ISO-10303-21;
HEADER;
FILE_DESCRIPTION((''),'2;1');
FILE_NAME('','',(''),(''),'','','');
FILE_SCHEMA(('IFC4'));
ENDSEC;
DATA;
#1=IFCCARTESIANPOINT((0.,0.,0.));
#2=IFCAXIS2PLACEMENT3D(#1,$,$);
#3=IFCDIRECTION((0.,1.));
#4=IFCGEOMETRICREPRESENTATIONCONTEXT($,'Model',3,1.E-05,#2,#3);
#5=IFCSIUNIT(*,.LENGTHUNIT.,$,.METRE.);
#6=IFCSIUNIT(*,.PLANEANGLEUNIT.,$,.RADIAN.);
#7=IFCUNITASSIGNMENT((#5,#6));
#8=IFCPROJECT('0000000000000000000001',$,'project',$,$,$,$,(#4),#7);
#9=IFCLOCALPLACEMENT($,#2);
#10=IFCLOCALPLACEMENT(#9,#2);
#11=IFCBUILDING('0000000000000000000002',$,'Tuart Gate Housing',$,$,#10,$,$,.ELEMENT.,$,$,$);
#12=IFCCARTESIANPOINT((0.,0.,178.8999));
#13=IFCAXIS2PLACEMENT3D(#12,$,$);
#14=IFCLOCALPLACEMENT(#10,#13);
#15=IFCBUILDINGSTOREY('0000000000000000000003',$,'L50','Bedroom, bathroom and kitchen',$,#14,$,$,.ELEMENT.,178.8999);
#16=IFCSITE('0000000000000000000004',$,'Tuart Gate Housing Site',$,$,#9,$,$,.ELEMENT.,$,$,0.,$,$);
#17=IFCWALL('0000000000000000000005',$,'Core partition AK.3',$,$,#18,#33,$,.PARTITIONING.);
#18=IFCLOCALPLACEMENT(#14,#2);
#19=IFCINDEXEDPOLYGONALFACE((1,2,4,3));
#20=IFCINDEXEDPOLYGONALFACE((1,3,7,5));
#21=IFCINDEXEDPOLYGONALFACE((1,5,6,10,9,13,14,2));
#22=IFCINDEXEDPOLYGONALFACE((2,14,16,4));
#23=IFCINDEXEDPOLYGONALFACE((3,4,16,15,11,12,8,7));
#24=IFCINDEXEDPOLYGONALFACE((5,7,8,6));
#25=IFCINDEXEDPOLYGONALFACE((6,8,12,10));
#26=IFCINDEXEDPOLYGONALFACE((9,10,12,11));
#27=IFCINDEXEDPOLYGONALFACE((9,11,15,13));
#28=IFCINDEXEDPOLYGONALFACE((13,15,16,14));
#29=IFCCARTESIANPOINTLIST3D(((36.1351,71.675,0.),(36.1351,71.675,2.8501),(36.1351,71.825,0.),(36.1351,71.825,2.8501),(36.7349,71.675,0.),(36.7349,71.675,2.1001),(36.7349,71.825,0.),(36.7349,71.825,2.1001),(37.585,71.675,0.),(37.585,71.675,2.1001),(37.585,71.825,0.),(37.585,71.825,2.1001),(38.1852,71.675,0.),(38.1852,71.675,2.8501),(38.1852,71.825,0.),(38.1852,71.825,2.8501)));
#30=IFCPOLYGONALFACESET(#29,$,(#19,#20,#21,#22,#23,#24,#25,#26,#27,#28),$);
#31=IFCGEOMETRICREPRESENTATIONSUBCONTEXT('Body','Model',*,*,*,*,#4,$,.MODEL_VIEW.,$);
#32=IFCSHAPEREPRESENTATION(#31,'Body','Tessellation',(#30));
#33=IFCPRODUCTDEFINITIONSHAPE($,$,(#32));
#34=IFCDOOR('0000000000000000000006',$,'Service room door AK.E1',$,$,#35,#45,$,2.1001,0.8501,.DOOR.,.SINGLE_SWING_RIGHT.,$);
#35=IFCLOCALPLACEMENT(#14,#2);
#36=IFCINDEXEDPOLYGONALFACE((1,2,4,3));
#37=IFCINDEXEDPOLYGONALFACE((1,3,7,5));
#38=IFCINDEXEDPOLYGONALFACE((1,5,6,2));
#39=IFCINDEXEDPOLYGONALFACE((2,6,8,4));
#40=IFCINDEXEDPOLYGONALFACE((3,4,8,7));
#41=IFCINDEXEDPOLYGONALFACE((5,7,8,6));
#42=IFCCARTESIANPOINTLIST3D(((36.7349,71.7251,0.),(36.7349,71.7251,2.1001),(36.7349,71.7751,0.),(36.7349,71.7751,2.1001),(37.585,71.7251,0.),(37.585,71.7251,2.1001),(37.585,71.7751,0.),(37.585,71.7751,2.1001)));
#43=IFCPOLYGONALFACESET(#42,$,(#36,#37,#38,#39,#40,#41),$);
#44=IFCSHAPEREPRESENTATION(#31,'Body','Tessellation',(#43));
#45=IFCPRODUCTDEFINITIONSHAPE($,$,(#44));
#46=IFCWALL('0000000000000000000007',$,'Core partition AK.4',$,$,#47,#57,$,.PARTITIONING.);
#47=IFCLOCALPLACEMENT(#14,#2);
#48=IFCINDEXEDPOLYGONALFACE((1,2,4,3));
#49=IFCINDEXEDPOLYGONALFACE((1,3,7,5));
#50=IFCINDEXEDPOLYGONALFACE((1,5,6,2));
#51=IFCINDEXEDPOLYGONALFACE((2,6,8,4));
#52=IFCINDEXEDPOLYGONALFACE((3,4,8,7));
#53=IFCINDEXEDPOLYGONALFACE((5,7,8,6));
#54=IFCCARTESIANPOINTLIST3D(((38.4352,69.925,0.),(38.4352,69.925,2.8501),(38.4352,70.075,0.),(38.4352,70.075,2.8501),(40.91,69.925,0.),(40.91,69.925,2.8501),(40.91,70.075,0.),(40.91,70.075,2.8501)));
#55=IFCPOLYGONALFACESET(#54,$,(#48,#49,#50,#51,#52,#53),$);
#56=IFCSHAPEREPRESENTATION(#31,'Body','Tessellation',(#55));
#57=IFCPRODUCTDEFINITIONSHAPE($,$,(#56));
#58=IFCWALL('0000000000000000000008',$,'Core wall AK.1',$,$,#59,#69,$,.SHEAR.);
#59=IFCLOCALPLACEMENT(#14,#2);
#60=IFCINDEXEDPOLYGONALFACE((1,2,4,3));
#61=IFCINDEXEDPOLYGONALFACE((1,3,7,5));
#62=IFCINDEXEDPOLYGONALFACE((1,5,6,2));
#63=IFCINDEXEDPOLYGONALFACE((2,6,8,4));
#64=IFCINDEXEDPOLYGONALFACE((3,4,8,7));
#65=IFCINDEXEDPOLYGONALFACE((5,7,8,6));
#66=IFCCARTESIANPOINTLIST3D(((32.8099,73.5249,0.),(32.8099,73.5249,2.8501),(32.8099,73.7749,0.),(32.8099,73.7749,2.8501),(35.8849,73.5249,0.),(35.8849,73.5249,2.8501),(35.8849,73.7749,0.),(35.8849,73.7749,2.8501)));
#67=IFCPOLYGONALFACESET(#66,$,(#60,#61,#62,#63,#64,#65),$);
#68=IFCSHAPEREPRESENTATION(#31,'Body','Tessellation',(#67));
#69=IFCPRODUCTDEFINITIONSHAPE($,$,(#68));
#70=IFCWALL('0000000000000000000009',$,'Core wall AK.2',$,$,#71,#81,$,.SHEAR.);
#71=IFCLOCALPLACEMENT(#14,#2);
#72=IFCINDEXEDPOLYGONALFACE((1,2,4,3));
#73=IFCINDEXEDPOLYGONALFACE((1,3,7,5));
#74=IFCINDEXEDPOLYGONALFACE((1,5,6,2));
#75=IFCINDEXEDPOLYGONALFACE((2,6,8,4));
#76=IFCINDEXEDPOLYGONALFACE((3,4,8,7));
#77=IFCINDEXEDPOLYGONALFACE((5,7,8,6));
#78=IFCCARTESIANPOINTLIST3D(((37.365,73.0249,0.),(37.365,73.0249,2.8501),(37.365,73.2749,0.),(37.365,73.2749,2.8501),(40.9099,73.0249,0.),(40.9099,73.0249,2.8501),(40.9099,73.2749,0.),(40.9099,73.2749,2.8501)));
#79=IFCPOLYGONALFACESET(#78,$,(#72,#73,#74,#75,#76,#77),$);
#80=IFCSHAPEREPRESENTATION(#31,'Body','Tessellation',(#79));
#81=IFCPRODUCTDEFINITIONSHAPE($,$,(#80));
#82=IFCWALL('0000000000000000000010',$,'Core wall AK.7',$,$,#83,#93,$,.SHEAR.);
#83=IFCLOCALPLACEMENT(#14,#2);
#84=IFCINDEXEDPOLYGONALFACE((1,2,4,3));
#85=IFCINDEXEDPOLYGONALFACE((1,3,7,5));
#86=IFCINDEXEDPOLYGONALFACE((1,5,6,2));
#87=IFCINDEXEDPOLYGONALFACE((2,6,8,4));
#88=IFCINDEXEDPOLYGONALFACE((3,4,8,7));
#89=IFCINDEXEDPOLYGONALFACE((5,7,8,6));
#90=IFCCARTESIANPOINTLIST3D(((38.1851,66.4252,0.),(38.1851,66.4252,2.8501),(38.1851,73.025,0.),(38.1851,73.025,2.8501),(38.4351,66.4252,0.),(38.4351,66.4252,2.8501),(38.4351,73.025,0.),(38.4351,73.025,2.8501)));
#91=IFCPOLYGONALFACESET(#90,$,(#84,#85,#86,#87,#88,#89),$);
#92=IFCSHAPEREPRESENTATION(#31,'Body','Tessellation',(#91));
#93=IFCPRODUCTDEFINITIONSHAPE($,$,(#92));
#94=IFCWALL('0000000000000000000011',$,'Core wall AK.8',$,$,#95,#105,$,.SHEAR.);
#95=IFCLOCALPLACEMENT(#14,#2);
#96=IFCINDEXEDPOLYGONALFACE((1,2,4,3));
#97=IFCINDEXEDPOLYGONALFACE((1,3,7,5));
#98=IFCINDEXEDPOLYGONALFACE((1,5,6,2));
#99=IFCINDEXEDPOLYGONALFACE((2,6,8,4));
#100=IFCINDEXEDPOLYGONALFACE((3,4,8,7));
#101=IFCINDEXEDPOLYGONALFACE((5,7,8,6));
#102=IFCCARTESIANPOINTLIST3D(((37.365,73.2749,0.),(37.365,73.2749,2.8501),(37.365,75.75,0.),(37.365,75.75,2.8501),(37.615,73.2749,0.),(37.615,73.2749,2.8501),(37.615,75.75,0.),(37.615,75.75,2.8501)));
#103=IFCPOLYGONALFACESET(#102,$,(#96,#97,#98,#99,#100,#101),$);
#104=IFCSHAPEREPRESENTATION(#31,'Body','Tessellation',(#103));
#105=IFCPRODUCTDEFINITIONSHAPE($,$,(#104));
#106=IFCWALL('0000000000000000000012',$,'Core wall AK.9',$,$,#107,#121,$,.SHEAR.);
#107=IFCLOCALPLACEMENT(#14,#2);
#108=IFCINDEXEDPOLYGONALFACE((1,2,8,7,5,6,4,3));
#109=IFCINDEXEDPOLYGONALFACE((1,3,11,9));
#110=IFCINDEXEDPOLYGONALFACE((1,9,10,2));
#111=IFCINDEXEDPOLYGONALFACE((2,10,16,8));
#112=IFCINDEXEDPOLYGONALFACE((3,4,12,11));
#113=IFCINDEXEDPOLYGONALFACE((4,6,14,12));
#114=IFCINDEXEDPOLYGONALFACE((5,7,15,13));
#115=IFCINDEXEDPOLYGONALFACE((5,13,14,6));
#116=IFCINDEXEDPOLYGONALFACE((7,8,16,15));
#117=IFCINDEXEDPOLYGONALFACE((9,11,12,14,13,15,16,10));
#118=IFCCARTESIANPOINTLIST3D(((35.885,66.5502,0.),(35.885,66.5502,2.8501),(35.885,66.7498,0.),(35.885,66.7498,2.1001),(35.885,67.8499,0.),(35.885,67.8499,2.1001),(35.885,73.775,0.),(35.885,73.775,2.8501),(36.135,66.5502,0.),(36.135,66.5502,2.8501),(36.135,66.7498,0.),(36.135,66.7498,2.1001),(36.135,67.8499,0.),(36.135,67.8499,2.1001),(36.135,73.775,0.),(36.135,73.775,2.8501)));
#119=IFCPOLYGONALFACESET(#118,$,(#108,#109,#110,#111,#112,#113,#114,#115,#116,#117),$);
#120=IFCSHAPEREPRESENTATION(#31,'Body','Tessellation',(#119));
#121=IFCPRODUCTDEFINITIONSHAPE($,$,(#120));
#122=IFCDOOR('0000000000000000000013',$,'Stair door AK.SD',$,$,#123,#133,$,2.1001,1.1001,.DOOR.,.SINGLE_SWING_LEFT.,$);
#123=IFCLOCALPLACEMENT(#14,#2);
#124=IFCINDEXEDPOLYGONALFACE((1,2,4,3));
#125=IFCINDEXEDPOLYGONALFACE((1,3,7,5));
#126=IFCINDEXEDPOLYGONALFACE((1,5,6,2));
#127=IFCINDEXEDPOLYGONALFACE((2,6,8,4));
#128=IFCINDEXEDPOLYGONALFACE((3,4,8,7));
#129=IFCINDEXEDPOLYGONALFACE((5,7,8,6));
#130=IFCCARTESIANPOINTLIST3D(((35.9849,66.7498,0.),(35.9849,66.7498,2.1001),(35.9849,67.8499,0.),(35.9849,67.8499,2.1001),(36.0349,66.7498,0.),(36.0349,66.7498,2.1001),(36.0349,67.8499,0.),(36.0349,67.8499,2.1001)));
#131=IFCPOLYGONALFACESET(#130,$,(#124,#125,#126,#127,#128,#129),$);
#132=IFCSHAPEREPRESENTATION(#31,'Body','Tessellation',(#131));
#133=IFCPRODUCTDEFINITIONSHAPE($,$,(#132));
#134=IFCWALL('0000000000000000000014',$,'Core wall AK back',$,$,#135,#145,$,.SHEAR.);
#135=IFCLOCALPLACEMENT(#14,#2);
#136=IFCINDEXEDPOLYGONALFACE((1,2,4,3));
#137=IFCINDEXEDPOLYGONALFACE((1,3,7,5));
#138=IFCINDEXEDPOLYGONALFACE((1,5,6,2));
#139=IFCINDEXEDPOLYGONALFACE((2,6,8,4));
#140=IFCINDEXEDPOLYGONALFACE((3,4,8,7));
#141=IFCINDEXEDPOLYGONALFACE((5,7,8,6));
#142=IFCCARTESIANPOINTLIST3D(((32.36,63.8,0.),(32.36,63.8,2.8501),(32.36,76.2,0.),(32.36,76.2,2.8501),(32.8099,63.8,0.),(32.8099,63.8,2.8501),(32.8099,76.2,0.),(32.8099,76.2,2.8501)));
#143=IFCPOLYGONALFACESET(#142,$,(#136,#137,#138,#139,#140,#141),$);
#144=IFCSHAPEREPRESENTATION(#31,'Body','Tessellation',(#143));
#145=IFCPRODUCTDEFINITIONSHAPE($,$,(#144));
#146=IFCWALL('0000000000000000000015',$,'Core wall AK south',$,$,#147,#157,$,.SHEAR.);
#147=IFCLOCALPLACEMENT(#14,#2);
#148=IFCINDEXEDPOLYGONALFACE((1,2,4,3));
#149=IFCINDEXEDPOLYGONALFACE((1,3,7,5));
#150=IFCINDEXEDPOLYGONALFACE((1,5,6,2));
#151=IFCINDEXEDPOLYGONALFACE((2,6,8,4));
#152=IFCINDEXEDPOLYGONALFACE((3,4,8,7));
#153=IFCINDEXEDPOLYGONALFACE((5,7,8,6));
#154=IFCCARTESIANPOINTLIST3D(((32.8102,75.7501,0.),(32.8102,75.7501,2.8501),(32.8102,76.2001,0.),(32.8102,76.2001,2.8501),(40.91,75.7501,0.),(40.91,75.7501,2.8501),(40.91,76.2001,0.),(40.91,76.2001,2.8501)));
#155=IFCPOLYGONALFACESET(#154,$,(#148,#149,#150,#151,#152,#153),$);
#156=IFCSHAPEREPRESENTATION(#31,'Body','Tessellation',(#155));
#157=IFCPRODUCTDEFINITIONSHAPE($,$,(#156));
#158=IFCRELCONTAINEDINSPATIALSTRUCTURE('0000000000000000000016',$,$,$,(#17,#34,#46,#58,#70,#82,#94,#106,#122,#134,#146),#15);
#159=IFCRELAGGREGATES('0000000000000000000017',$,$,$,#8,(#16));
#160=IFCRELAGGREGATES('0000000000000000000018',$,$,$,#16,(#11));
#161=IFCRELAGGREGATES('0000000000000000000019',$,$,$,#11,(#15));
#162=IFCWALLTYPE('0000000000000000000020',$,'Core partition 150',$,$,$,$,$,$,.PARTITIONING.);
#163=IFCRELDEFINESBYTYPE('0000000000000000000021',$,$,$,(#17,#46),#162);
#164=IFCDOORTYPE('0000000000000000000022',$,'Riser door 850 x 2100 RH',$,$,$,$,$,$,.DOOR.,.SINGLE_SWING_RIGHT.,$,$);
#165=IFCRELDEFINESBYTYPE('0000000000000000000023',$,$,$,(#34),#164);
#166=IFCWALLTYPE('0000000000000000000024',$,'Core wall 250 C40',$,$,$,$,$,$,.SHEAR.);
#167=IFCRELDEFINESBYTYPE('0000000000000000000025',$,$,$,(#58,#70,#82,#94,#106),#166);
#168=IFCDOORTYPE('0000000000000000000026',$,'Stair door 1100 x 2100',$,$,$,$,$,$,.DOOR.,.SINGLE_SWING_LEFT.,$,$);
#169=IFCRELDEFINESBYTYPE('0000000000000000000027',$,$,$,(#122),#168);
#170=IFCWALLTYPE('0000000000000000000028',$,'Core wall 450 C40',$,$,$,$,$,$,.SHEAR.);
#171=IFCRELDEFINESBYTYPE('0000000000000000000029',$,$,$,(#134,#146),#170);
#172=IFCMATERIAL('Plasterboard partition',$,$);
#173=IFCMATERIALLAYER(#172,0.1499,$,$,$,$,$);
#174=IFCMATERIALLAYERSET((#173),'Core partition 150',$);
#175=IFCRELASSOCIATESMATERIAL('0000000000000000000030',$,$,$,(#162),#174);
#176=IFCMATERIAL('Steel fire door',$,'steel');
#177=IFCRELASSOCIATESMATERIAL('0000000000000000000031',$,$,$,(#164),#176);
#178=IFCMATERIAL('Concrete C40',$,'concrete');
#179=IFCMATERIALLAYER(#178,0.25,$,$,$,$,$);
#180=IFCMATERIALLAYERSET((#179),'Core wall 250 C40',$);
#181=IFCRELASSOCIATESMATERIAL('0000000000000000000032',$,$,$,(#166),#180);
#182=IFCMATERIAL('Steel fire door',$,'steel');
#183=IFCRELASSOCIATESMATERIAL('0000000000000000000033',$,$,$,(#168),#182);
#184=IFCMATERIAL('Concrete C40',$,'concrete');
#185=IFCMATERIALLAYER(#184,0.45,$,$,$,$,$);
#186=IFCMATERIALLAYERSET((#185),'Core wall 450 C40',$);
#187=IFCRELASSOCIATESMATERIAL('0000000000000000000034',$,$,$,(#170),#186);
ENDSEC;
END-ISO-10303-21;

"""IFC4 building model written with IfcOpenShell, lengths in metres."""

from ifc_helpers import new_model, si_unit, direction, frame, frame_2d, origin, place, context, subcontext, project, spatial, rectangle, extrude, material, layer, layer_set, type_object, element, fill, save


model = new_model("IFC4")

# Units and contexts
model_context = context("Model", 3, precision=1e-05, world=origin(), true_north=direction((0.0, 1.0)))
body_context = subcontext(model_context, "Body", "Model", "MODEL_VIEW")
ifc_project = project(units=[si_unit("LENGTHUNIT", "METRE"), si_unit("PLANEANGLEUNIT", "RADIAN")], contexts=[model_context])

# Site, building, storey
site_placement = place(None, origin())
site = spatial("IfcSite", under=ifc_project, at=site_placement, Name="Tuart Gate Housing Site", CompositionType="ELEMENT", RefElevation=0.0)
building_placement = place(site_placement, origin())
building = spatial("IfcBuilding", under=site, at=building_placement, Name="Tuart Gate Housing", CompositionType="ELEMENT")
storey_placement = place(building_placement, frame((0.0, 0.0, 178.8999)))
storey = spatial("IfcBuildingStorey", under=building, at=storey_placement, Name="L50", Description="Bedroom, bathroom and kitchen", CompositionType="ELEMENT", Elevation=178.8999)

# Wall, opening, door
ifc_material_1 = material(Name="Plasterboard partition")
ifc_layer_1 = layer(ifc_material_1, 0.1499)
ifc_layer_set_1 = layer_set([ifc_layer_1], Name="Core partition 150")
wall_type_1 = type_object("IfcWallType", Name="Core partition 150", PredefinedType="PARTITIONING", material=ifc_layer_set_1)
wall_1_placement = place(storey_placement, frame((38.1851, 71.75, 0.0), z_axis=(0.0, 0.0, 1.0), x_axis=(-1.0, 0.0, 0.0)))
wall_1 = element("IfcWall", 1, at=wall_1_placement, inside=storey, type_object=wall_type_1, Name="Core partition AK.3", PredefinedType="PARTITIONING", context=body_context, shape_type="SweptSolid", body=[
    extrude(rectangle(XDim=2.05, YDim=0.1499, at=frame_2d((1.0249, 0.0))), origin(), (0.0, 0.0, 1.0), 2.8501),
])
opening_1_placement = place(wall_1_placement, frame((0.6001, 0.0, 0.0)))
opening_1 = element("IfcOpeningElement", 2, at=opening_1_placement, cuts=wall_1, PredefinedType="OPENING", context=body_context, shape_type="SweptSolid", body=[
    extrude(rectangle(XDim=0.8501, YDim=2.1001, at=frame_2d((0.425, 1.05))), frame((0.0, 0.085, 0.0), z_axis=(0.0, -1.0, 0.0), x_axis=(1.0, 0.0, 0.0)), (0.0, 0.0, 1.0), 0.1699),
])
ifc_material_2 = material(Name="Steel fire door", Category="steel")
door_type_1 = type_object("IfcDoorType", Name="Riser door 850 x 2100 RH", OperationType="SINGLE_SWING_RIGHT", PredefinedType="DOOR", material=ifc_material_2)
door_1_placement = place(opening_1_placement, frame((0.8501, 0.0, 0.0), z_axis=(0.0, 0.0, 1.0), x_axis=(-1.0, 0.0, 0.0)))
door_1 = element("IfcDoor", 3, at=door_1_placement, inside=storey, type_object=door_type_1, Name="Service room door AK.E1", OperationType="SINGLE_SWING_RIGHT", OverallHeight=2.1001, OverallWidth=0.8501, PredefinedType="DOOR", context=body_context, shape_type="SweptSolid", body=[
    extrude(rectangle(XDim=0.8501, YDim=2.1001, at=frame_2d((0.425, 1.05))), frame((0.0, 0.0251, 0.0), z_axis=(0.0, -1.0, 0.0), x_axis=(1.0, 0.0, 0.0)), (0.0, 0.0, 1.0), 0.05),
])
fill(opening_1, door_1)

# Walls
wall_2_placement = place(storey_placement, frame((40.9099, 70.0, 0.0), z_axis=(0.0, 0.0, 1.0), x_axis=(-1.0, 0.0, 0.0)))
element("IfcWall", 4, at=wall_2_placement, inside=storey, type_object=wall_type_1, Name="Core partition AK.4", PredefinedType="PARTITIONING", context=body_context, shape_type="SweptSolid", body=[
    extrude(rectangle(XDim=2.4749, YDim=0.1499, at=frame_2d((1.2373, 0.0))), origin(), (0.0, 0.0, 1.0), 2.8501),
])
ifc_material_3 = material(Name="Concrete C40", Category="concrete")
ifc_layer_2 = layer(ifc_material_3, 0.25)
ifc_layer_set_2 = layer_set([ifc_layer_2], Name="Core wall 250 C40")
wall_type_2 = type_object("IfcWallType", Name="Core wall 250 C40", PredefinedType="SHEAR", material=ifc_layer_set_2)
wall_3_placement = place(storey_placement, frame((35.885, 73.6499, 0.0), z_axis=(0.0, 0.0, 1.0), x_axis=(-1.0, 0.0, 0.0)))
element("IfcWall", 5, at=wall_3_placement, inside=storey, type_object=wall_type_2, Name="Core wall AK.1", PredefinedType="SHEAR", context=body_context, shape_type="SweptSolid", body=[
    extrude(rectangle(XDim=3.075, YDim=0.25, at=frame_2d((1.5376, 0.0))), origin(), (0.0, 0.0, 1.0), 2.8501),
])
wall_4_placement = place(storey_placement, frame((40.9099, 73.1499, 0.0), z_axis=(0.0, 0.0, 1.0), x_axis=(-1.0, 0.0, 0.0)))
element("IfcWall", 6, at=wall_4_placement, inside=storey, type_object=wall_type_2, Name="Core wall AK.2", PredefinedType="SHEAR", context=body_context, shape_type="SweptSolid", body=[
    extrude(rectangle(XDim=3.5449, YDim=0.25, at=frame_2d((1.7725, 0.0))), origin(), (0.0, 0.0, 1.0), 2.8501),
])
wall_5_placement = place(storey_placement, frame((38.3101, 73.0249, 0.0), z_axis=(0.0, 0.0, 1.0), x_axis=(0.0, -1.0, 0.0)))
element("IfcWall", 7, at=wall_5_placement, inside=storey, type_object=wall_type_2, Name="Core wall AK.7", PredefinedType="SHEAR", context=body_context, shape_type="SweptSolid", body=[
    extrude(rectangle(XDim=6.5999, YDim=0.25, at=frame_2d((3.2998, 0.0))), origin(), (0.0, 0.0, 1.0), 2.8501),
])
wall_6_placement = place(storey_placement, frame((37.49, 75.75, 0.0), z_axis=(0.0, 0.0, 1.0), x_axis=(0.0, -1.0, 0.0)))
element("IfcWall", 8, at=wall_6_placement, inside=storey, type_object=wall_type_2, Name="Core wall AK.8", PredefinedType="SHEAR", context=body_context, shape_type="SweptSolid", body=[
    extrude(rectangle(XDim=2.4751, YDim=0.25, at=frame_2d((1.2375, 0.0))), origin(), (0.0, 0.0, 1.0), 2.8501),
])

# Wall, opening, door
wall_7_placement = place(storey_placement, frame((36.01, 73.7749, 0.0), z_axis=(0.0, 0.0, 1.0), x_axis=(0.0, -1.0, 0.0)))
wall_7 = element("IfcWall", 9, at=wall_7_placement, inside=storey, type_object=wall_type_2, Name="Core wall AK.9", PredefinedType="SHEAR", context=body_context, shape_type="SweptSolid", body=[
    extrude(rectangle(XDim=7.2249, YDim=0.25, at=frame_2d((3.6123, 0.0))), origin(), (0.0, 0.0, 1.0), 2.8501),
])
opening_2_placement = place(wall_7_placement, frame((5.925, 0.0, 0.0)))
opening_2 = element("IfcOpeningElement", 10, at=opening_2_placement, cuts=wall_7, PredefinedType="OPENING", context=body_context, shape_type="SweptSolid", body=[
    extrude(rectangle(XDim=1.1001, YDim=2.1001, at=frame_2d((0.55, 1.05))), frame((0.0, 0.135, 0.0), z_axis=(0.0, -1.0, 0.0), x_axis=(1.0, 0.0, 0.0)), (0.0, 0.0, 1.0), 0.27),
])
ifc_material_4 = material(Name="Steel fire door", Category="steel")
door_type_2 = type_object("IfcDoorType", Name="Stair door 1100 x 2100", OperationType="SINGLE_SWING_LEFT", PredefinedType="DOOR", material=ifc_material_4)
door_2_placement = place(opening_2_placement, frame((1.1001, 0.0, 0.0), z_axis=(0.0, 0.0, 1.0), x_axis=(-1.0, 0.0, 0.0)))
door_2 = element("IfcDoor", 11, at=door_2_placement, inside=storey, type_object=door_type_2, Name="Stair door AK.SD", OperationType="SINGLE_SWING_LEFT", OverallHeight=2.1001, OverallWidth=1.1001, PredefinedType="DOOR", context=body_context, shape_type="SweptSolid", body=[
    extrude(rectangle(XDim=1.1001, YDim=2.1001, at=frame_2d((0.55, 1.05))), frame((0.0, 0.0251, 0.0), z_axis=(0.0, -1.0, 0.0), x_axis=(1.0, 0.0, 0.0)), (0.0, 0.0, 1.0), 0.05),
])
fill(opening_2, door_2)

# Walls
ifc_material_5 = material(Name="Concrete C40", Category="concrete")
ifc_layer_3 = layer(ifc_material_5, 0.45)
ifc_layer_set_3 = layer_set([ifc_layer_3], Name="Core wall 450 C40")
wall_type_3 = type_object("IfcWallType", Name="Core wall 450 C40", PredefinedType="SHEAR", material=ifc_layer_set_3)
wall_8_placement = place(storey_placement, frame((32.585, 76.2, 0.0), z_axis=(0.0, 0.0, 1.0), x_axis=(0.0, -1.0, 0.0)))
element("IfcWall", 12, at=wall_8_placement, inside=storey, type_object=wall_type_3, Name="Core wall AK back", PredefinedType="SHEAR", context=body_context, shape_type="SweptSolid", body=[
    extrude(rectangle(XDim=12.3999, YDim=0.45, at=frame_2d((6.2, 0.0))), origin(), (0.0, 0.0, 1.0), 2.8501),
])
wall_9_placement = place(storey_placement, frame((40.9099, 75.9751, 0.0), z_axis=(0.0, 0.0, 1.0), x_axis=(-1.0, 0.0, 0.0)))
element("IfcWall", 13, at=wall_9_placement, inside=storey, type_object=wall_type_3, Name="Core wall AK south", PredefinedType="SHEAR", context=body_context, shape_type="SweptSolid", body=[
    extrude(rectangle(XDim=8.0999, YDim=0.45, at=frame_2d((4.0498, 0.0))), origin(), (0.0, 0.0, 1.0), 2.8501),
])

save(model, "model.ifc")
